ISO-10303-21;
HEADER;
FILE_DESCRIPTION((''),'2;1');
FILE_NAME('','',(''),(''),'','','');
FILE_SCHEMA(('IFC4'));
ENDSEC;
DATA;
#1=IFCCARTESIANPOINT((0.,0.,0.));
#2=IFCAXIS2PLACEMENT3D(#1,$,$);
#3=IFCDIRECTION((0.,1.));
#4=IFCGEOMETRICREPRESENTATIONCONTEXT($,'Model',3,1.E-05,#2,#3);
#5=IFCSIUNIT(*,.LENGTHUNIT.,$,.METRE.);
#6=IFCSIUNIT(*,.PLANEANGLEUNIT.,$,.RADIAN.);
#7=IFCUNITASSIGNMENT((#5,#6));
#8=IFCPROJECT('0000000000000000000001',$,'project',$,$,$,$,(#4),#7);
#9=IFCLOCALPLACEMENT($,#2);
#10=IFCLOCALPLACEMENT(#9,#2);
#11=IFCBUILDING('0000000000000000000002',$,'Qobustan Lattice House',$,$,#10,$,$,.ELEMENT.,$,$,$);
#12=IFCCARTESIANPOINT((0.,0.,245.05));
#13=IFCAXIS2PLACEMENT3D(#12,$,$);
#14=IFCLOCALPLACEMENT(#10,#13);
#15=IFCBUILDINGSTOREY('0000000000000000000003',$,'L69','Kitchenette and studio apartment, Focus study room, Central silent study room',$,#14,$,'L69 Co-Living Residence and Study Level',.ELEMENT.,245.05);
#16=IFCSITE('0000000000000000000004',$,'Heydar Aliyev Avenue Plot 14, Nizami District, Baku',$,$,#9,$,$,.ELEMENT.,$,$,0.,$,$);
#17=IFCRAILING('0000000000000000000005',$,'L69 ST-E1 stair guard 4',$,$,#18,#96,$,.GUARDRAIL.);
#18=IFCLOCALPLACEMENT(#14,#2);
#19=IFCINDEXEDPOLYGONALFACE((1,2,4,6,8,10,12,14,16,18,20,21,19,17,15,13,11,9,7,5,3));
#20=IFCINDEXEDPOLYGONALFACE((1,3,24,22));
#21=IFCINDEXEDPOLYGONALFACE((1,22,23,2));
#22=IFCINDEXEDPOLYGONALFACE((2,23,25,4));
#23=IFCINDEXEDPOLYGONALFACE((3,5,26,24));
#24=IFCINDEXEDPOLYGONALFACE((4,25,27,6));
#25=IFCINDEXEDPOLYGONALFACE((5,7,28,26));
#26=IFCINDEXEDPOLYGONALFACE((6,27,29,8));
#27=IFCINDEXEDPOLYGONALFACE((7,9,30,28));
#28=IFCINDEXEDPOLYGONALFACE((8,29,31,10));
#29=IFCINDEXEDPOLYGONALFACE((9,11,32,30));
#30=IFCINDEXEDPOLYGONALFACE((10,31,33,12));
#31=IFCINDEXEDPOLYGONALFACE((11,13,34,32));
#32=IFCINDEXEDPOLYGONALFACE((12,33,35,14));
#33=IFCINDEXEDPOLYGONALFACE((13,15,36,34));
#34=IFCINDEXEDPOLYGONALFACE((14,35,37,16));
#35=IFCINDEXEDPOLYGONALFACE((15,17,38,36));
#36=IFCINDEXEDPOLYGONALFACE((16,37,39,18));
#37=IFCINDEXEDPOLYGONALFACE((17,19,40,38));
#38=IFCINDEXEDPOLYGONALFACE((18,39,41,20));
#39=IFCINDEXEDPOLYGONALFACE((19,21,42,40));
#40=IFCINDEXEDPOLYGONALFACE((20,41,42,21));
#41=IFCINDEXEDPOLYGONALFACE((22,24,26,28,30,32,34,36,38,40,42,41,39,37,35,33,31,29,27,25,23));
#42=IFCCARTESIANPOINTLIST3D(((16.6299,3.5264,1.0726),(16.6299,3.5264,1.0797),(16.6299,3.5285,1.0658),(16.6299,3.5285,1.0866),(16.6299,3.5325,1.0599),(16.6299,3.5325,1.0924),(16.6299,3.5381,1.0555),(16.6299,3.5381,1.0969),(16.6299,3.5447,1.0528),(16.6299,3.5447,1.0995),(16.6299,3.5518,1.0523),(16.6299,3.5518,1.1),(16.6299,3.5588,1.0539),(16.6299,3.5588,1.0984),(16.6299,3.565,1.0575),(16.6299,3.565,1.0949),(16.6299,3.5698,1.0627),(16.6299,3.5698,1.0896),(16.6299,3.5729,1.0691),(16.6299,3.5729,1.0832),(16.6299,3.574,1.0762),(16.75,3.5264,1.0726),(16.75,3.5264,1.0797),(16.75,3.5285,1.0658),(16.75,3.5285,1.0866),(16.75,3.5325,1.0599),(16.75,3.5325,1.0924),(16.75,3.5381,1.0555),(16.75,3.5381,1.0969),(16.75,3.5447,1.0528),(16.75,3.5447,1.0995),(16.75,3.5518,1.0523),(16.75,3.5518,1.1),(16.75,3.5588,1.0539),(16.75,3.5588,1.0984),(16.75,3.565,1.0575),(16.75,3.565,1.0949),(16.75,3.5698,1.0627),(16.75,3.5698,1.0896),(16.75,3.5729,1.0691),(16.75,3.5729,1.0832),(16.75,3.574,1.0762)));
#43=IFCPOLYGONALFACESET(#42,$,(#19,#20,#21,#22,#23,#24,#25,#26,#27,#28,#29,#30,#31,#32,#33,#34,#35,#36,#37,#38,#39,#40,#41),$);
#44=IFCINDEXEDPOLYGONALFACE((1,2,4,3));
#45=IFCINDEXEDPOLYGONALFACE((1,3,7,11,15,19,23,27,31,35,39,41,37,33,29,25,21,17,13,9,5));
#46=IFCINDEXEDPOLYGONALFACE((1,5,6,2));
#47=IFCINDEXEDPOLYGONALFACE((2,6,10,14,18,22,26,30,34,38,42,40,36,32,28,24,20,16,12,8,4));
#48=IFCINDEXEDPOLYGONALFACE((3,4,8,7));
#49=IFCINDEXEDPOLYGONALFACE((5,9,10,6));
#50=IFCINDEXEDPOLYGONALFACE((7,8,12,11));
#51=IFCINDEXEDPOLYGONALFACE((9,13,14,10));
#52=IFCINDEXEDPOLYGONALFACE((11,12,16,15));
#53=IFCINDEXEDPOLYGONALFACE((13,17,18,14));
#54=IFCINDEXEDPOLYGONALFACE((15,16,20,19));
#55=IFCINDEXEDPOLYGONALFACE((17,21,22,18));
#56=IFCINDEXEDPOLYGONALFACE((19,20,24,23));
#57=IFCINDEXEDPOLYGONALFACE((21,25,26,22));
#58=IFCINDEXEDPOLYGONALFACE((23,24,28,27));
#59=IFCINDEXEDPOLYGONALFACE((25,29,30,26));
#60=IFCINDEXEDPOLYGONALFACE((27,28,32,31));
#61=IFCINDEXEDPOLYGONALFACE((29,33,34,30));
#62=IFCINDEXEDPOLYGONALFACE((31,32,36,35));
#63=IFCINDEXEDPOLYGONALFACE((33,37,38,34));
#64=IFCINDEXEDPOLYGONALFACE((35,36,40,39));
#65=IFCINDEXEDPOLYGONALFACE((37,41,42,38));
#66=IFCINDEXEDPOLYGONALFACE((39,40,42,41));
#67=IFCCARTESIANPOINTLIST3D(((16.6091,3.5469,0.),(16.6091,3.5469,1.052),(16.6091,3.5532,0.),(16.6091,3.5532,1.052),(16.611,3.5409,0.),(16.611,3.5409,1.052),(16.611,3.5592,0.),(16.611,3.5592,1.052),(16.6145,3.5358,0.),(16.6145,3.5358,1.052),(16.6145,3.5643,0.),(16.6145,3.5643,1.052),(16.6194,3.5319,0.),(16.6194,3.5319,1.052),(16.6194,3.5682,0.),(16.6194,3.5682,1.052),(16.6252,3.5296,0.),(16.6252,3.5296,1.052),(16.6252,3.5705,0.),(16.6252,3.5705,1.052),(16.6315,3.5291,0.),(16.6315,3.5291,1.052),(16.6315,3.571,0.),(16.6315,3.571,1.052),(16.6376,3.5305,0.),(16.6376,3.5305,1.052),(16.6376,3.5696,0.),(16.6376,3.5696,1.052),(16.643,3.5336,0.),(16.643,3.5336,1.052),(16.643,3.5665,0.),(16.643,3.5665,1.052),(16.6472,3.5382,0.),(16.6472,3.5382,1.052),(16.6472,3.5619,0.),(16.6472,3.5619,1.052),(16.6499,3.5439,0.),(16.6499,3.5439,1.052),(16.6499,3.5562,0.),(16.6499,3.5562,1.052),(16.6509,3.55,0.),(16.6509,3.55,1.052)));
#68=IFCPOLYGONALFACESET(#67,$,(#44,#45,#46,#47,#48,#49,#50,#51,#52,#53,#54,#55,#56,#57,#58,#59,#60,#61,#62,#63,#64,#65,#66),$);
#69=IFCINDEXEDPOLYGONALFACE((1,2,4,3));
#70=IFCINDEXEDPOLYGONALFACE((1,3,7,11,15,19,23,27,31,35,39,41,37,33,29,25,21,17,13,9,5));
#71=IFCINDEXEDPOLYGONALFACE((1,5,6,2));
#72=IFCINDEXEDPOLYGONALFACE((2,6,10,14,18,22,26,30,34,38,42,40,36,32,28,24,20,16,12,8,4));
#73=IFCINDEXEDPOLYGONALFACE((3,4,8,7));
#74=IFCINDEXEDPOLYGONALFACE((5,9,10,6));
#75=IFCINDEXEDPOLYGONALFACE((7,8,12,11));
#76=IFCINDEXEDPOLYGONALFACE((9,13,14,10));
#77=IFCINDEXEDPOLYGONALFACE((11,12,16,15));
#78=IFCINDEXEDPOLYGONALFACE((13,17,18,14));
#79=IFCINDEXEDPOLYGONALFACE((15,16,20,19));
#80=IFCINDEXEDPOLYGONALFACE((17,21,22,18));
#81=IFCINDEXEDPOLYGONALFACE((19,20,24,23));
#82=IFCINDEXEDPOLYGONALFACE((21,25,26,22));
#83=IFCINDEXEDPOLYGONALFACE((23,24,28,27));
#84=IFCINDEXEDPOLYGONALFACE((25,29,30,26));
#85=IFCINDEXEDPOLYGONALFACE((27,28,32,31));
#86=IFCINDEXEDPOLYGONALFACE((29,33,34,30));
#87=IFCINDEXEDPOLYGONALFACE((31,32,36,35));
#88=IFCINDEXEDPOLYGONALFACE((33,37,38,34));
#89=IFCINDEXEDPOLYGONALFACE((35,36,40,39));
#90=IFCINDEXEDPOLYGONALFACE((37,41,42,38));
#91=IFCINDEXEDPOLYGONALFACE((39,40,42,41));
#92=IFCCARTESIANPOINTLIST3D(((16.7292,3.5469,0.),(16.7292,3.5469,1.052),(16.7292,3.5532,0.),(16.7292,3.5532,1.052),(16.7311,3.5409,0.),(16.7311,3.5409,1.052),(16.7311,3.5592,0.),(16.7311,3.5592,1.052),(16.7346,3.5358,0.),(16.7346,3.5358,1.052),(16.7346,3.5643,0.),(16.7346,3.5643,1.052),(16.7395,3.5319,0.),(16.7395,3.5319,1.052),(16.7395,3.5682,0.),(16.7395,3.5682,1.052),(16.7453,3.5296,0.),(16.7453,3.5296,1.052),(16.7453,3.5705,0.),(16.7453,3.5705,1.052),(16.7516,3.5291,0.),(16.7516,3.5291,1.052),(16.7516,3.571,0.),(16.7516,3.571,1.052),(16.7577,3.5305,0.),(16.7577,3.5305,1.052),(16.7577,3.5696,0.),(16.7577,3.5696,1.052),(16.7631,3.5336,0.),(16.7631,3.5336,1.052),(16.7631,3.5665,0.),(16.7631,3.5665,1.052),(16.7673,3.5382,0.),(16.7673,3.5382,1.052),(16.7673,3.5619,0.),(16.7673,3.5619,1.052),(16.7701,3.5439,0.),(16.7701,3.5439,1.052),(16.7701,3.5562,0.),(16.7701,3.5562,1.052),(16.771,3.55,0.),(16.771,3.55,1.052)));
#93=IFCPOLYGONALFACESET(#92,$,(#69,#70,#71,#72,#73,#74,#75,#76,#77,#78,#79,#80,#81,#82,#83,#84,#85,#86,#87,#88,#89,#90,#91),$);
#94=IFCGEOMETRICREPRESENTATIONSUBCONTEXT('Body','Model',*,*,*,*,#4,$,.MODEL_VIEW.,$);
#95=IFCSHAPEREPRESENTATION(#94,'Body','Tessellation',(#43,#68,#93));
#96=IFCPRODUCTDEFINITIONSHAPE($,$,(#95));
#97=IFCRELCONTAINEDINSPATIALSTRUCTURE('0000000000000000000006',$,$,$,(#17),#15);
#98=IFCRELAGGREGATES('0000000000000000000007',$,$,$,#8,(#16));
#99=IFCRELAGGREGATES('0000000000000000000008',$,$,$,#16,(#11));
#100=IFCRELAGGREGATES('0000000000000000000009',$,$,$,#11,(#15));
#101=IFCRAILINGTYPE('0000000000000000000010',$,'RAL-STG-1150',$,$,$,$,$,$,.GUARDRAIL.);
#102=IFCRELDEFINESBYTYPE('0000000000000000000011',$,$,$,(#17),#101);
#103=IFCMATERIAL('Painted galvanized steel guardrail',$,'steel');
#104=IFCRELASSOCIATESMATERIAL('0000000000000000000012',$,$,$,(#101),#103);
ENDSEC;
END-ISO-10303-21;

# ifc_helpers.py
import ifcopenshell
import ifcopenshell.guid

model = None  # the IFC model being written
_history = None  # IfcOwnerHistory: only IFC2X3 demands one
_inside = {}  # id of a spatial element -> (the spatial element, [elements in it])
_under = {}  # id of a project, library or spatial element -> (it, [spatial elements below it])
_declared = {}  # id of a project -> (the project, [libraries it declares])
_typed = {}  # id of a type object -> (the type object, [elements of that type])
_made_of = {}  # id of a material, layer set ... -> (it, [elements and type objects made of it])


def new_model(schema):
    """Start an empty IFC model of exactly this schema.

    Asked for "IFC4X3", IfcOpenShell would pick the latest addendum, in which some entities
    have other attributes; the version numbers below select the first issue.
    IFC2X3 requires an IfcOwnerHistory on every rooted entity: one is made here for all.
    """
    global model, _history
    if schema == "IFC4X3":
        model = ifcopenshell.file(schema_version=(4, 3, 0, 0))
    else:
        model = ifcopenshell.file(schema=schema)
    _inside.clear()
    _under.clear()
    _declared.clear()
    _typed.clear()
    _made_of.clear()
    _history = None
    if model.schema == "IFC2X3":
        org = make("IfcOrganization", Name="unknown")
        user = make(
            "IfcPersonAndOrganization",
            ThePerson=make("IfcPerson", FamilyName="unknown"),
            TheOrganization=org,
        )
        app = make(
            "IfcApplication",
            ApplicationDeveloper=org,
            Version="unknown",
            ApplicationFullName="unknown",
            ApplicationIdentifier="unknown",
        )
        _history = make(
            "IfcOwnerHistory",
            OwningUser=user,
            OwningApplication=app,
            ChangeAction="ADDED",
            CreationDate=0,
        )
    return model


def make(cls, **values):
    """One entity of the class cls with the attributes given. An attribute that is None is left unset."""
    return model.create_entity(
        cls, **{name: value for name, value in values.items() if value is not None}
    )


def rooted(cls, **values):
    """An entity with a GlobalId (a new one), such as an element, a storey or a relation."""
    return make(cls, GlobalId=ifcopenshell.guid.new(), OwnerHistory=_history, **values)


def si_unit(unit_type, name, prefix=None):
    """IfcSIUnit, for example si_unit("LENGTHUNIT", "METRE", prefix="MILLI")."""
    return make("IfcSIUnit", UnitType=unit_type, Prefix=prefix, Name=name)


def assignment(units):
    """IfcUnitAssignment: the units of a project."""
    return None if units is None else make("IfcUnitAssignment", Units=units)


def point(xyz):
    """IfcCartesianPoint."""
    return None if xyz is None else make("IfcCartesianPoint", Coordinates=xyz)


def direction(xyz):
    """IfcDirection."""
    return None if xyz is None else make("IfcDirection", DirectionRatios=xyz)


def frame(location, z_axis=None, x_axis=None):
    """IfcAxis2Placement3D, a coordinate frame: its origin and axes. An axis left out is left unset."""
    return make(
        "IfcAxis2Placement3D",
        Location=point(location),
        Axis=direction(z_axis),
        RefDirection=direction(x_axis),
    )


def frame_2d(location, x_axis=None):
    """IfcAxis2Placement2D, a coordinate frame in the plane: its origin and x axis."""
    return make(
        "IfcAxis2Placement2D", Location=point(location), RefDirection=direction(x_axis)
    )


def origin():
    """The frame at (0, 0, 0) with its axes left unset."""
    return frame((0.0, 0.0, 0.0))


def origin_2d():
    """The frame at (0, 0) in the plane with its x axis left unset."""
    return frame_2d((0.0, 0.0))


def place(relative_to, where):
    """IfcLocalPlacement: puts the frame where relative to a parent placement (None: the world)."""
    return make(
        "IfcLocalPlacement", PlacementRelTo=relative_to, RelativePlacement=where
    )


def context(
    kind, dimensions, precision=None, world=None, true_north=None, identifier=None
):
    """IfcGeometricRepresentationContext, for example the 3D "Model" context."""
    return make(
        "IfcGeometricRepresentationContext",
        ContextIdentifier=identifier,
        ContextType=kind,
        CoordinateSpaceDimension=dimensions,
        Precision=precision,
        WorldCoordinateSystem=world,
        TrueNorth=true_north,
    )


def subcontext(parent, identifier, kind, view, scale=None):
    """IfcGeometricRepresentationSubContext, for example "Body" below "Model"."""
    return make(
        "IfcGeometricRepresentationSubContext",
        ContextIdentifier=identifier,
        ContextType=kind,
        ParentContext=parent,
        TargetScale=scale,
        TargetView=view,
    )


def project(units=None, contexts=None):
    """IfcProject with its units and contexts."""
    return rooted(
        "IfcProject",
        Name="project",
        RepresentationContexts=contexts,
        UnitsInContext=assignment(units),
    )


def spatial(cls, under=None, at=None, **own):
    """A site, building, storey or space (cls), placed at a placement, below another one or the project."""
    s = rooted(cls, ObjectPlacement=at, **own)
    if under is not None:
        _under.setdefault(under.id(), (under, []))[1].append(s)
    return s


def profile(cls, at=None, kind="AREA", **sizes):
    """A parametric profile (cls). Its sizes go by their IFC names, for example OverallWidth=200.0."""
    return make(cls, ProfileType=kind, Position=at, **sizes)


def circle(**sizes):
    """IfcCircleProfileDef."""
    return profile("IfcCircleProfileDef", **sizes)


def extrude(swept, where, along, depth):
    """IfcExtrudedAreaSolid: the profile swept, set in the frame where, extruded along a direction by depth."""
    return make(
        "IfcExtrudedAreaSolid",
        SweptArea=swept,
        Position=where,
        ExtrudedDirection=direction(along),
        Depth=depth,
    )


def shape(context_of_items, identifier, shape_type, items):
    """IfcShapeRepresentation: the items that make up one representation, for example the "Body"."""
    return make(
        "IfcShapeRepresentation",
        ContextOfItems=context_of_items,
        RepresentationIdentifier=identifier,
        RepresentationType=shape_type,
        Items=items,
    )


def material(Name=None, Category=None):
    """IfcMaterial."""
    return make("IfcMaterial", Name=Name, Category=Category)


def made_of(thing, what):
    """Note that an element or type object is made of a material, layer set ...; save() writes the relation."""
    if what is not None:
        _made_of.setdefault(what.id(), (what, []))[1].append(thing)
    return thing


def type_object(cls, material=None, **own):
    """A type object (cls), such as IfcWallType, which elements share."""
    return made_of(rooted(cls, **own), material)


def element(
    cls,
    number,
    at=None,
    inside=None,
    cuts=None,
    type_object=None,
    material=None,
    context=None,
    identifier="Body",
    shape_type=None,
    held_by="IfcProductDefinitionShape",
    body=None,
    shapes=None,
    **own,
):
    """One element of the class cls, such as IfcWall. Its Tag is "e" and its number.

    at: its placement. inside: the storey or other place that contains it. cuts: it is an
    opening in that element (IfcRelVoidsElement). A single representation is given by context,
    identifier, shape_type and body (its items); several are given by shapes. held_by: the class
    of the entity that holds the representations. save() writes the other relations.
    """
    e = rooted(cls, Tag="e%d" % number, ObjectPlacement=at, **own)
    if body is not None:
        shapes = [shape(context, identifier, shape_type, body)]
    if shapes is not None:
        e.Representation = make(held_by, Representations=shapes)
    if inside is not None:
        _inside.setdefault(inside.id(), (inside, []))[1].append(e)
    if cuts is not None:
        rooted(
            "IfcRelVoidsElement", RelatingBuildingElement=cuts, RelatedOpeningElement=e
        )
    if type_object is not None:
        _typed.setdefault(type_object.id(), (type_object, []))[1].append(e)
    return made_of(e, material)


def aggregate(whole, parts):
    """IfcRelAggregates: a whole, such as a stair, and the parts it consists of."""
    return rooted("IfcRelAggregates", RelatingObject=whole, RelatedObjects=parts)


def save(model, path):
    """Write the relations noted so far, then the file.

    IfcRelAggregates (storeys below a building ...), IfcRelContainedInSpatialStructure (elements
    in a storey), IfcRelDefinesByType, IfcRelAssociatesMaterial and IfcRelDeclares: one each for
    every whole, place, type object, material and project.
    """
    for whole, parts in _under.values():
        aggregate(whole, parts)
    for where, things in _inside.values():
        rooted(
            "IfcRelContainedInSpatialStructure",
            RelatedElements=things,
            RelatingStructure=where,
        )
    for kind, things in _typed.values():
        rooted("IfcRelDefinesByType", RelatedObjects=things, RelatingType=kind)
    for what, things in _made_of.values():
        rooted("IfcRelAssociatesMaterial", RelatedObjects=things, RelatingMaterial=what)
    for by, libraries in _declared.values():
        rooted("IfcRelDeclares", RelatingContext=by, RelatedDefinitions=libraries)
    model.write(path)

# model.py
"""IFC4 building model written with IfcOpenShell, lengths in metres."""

from ifc_helpers import new_model, si_unit, direction, frame, origin, origin_2d, place, context, subcontext, project, spatial, circle, extrude, material, type_object, element, save


model = new_model("IFC4")

# Units and contexts
model_context = context("Model", 3, precision=1e-05, world=origin(), true_north=direction((0.0, 1.0)))
body_context = subcontext(model_context, "Body", "Model", "MODEL_VIEW")
ifc_project = project(units=[si_unit("LENGTHUNIT", "METRE"), si_unit("PLANEANGLEUNIT", "RADIAN")], contexts=[model_context])

# Site, building, storey
site_placement = place(None, origin())
site = spatial("IfcSite", under=ifc_project, at=site_placement, Name="Heydar Aliyev Avenue Plot 14, Nizami District, Baku", CompositionType="ELEMENT", RefElevation=0.0)
building_placement = place(site_placement, origin())
building = spatial("IfcBuilding", under=site, at=building_placement, Name="Qobustan Lattice House", CompositionType="ELEMENT")
storey_placement = place(building_placement, frame((0.0, 0.0, 245.05)))
storey = spatial("IfcBuildingStorey", under=building, at=storey_placement, Name="L69", Description="Kitchenette and studio apartment, Focus study room, Central silent study room", LongName="L69 Co-Living Residence and Study Level", CompositionType="ELEMENT", Elevation=245.05)

# Railing
ifc_material_1 = material(Name="Painted galvanized steel guardrail", Category="steel")
railing_type_1 = type_object("IfcRailingType", Name="RAL-STG-1150", PredefinedType="GUARDRAIL", material=ifc_material_1)
railing_1_placement = place(storey_placement, frame((16.6299, 3.55, 0.0)))
element("IfcRailing", 1, at=railing_1_placement, inside=storey, type_object=railing_type_1, Name="L69 ST-E1 stair guard 4", PredefinedType="GUARDRAIL", context=body_context, shape_type="SweptSolid", body=[
    extrude(circle(Radius=0.0239, at=origin_2d()), frame((0.0, 0.0, 1.0762), z_axis=(1.0, 0.0, 0.0), x_axis=(0.0, 1.0, 0.0)), (0.0, 0.0, 1.0), 0.1201),
    extrude(circle(Radius=0.021, at=origin_2d()), origin(), (0.0, 0.0, 1.0), 1.052),
    extrude(circle(Radius=0.021, at=origin_2d()), frame((0.1201, 0.0, 0.0)), (0.0, 0.0, 1.0), 1.052),
])

save(model, "model.ifc")
